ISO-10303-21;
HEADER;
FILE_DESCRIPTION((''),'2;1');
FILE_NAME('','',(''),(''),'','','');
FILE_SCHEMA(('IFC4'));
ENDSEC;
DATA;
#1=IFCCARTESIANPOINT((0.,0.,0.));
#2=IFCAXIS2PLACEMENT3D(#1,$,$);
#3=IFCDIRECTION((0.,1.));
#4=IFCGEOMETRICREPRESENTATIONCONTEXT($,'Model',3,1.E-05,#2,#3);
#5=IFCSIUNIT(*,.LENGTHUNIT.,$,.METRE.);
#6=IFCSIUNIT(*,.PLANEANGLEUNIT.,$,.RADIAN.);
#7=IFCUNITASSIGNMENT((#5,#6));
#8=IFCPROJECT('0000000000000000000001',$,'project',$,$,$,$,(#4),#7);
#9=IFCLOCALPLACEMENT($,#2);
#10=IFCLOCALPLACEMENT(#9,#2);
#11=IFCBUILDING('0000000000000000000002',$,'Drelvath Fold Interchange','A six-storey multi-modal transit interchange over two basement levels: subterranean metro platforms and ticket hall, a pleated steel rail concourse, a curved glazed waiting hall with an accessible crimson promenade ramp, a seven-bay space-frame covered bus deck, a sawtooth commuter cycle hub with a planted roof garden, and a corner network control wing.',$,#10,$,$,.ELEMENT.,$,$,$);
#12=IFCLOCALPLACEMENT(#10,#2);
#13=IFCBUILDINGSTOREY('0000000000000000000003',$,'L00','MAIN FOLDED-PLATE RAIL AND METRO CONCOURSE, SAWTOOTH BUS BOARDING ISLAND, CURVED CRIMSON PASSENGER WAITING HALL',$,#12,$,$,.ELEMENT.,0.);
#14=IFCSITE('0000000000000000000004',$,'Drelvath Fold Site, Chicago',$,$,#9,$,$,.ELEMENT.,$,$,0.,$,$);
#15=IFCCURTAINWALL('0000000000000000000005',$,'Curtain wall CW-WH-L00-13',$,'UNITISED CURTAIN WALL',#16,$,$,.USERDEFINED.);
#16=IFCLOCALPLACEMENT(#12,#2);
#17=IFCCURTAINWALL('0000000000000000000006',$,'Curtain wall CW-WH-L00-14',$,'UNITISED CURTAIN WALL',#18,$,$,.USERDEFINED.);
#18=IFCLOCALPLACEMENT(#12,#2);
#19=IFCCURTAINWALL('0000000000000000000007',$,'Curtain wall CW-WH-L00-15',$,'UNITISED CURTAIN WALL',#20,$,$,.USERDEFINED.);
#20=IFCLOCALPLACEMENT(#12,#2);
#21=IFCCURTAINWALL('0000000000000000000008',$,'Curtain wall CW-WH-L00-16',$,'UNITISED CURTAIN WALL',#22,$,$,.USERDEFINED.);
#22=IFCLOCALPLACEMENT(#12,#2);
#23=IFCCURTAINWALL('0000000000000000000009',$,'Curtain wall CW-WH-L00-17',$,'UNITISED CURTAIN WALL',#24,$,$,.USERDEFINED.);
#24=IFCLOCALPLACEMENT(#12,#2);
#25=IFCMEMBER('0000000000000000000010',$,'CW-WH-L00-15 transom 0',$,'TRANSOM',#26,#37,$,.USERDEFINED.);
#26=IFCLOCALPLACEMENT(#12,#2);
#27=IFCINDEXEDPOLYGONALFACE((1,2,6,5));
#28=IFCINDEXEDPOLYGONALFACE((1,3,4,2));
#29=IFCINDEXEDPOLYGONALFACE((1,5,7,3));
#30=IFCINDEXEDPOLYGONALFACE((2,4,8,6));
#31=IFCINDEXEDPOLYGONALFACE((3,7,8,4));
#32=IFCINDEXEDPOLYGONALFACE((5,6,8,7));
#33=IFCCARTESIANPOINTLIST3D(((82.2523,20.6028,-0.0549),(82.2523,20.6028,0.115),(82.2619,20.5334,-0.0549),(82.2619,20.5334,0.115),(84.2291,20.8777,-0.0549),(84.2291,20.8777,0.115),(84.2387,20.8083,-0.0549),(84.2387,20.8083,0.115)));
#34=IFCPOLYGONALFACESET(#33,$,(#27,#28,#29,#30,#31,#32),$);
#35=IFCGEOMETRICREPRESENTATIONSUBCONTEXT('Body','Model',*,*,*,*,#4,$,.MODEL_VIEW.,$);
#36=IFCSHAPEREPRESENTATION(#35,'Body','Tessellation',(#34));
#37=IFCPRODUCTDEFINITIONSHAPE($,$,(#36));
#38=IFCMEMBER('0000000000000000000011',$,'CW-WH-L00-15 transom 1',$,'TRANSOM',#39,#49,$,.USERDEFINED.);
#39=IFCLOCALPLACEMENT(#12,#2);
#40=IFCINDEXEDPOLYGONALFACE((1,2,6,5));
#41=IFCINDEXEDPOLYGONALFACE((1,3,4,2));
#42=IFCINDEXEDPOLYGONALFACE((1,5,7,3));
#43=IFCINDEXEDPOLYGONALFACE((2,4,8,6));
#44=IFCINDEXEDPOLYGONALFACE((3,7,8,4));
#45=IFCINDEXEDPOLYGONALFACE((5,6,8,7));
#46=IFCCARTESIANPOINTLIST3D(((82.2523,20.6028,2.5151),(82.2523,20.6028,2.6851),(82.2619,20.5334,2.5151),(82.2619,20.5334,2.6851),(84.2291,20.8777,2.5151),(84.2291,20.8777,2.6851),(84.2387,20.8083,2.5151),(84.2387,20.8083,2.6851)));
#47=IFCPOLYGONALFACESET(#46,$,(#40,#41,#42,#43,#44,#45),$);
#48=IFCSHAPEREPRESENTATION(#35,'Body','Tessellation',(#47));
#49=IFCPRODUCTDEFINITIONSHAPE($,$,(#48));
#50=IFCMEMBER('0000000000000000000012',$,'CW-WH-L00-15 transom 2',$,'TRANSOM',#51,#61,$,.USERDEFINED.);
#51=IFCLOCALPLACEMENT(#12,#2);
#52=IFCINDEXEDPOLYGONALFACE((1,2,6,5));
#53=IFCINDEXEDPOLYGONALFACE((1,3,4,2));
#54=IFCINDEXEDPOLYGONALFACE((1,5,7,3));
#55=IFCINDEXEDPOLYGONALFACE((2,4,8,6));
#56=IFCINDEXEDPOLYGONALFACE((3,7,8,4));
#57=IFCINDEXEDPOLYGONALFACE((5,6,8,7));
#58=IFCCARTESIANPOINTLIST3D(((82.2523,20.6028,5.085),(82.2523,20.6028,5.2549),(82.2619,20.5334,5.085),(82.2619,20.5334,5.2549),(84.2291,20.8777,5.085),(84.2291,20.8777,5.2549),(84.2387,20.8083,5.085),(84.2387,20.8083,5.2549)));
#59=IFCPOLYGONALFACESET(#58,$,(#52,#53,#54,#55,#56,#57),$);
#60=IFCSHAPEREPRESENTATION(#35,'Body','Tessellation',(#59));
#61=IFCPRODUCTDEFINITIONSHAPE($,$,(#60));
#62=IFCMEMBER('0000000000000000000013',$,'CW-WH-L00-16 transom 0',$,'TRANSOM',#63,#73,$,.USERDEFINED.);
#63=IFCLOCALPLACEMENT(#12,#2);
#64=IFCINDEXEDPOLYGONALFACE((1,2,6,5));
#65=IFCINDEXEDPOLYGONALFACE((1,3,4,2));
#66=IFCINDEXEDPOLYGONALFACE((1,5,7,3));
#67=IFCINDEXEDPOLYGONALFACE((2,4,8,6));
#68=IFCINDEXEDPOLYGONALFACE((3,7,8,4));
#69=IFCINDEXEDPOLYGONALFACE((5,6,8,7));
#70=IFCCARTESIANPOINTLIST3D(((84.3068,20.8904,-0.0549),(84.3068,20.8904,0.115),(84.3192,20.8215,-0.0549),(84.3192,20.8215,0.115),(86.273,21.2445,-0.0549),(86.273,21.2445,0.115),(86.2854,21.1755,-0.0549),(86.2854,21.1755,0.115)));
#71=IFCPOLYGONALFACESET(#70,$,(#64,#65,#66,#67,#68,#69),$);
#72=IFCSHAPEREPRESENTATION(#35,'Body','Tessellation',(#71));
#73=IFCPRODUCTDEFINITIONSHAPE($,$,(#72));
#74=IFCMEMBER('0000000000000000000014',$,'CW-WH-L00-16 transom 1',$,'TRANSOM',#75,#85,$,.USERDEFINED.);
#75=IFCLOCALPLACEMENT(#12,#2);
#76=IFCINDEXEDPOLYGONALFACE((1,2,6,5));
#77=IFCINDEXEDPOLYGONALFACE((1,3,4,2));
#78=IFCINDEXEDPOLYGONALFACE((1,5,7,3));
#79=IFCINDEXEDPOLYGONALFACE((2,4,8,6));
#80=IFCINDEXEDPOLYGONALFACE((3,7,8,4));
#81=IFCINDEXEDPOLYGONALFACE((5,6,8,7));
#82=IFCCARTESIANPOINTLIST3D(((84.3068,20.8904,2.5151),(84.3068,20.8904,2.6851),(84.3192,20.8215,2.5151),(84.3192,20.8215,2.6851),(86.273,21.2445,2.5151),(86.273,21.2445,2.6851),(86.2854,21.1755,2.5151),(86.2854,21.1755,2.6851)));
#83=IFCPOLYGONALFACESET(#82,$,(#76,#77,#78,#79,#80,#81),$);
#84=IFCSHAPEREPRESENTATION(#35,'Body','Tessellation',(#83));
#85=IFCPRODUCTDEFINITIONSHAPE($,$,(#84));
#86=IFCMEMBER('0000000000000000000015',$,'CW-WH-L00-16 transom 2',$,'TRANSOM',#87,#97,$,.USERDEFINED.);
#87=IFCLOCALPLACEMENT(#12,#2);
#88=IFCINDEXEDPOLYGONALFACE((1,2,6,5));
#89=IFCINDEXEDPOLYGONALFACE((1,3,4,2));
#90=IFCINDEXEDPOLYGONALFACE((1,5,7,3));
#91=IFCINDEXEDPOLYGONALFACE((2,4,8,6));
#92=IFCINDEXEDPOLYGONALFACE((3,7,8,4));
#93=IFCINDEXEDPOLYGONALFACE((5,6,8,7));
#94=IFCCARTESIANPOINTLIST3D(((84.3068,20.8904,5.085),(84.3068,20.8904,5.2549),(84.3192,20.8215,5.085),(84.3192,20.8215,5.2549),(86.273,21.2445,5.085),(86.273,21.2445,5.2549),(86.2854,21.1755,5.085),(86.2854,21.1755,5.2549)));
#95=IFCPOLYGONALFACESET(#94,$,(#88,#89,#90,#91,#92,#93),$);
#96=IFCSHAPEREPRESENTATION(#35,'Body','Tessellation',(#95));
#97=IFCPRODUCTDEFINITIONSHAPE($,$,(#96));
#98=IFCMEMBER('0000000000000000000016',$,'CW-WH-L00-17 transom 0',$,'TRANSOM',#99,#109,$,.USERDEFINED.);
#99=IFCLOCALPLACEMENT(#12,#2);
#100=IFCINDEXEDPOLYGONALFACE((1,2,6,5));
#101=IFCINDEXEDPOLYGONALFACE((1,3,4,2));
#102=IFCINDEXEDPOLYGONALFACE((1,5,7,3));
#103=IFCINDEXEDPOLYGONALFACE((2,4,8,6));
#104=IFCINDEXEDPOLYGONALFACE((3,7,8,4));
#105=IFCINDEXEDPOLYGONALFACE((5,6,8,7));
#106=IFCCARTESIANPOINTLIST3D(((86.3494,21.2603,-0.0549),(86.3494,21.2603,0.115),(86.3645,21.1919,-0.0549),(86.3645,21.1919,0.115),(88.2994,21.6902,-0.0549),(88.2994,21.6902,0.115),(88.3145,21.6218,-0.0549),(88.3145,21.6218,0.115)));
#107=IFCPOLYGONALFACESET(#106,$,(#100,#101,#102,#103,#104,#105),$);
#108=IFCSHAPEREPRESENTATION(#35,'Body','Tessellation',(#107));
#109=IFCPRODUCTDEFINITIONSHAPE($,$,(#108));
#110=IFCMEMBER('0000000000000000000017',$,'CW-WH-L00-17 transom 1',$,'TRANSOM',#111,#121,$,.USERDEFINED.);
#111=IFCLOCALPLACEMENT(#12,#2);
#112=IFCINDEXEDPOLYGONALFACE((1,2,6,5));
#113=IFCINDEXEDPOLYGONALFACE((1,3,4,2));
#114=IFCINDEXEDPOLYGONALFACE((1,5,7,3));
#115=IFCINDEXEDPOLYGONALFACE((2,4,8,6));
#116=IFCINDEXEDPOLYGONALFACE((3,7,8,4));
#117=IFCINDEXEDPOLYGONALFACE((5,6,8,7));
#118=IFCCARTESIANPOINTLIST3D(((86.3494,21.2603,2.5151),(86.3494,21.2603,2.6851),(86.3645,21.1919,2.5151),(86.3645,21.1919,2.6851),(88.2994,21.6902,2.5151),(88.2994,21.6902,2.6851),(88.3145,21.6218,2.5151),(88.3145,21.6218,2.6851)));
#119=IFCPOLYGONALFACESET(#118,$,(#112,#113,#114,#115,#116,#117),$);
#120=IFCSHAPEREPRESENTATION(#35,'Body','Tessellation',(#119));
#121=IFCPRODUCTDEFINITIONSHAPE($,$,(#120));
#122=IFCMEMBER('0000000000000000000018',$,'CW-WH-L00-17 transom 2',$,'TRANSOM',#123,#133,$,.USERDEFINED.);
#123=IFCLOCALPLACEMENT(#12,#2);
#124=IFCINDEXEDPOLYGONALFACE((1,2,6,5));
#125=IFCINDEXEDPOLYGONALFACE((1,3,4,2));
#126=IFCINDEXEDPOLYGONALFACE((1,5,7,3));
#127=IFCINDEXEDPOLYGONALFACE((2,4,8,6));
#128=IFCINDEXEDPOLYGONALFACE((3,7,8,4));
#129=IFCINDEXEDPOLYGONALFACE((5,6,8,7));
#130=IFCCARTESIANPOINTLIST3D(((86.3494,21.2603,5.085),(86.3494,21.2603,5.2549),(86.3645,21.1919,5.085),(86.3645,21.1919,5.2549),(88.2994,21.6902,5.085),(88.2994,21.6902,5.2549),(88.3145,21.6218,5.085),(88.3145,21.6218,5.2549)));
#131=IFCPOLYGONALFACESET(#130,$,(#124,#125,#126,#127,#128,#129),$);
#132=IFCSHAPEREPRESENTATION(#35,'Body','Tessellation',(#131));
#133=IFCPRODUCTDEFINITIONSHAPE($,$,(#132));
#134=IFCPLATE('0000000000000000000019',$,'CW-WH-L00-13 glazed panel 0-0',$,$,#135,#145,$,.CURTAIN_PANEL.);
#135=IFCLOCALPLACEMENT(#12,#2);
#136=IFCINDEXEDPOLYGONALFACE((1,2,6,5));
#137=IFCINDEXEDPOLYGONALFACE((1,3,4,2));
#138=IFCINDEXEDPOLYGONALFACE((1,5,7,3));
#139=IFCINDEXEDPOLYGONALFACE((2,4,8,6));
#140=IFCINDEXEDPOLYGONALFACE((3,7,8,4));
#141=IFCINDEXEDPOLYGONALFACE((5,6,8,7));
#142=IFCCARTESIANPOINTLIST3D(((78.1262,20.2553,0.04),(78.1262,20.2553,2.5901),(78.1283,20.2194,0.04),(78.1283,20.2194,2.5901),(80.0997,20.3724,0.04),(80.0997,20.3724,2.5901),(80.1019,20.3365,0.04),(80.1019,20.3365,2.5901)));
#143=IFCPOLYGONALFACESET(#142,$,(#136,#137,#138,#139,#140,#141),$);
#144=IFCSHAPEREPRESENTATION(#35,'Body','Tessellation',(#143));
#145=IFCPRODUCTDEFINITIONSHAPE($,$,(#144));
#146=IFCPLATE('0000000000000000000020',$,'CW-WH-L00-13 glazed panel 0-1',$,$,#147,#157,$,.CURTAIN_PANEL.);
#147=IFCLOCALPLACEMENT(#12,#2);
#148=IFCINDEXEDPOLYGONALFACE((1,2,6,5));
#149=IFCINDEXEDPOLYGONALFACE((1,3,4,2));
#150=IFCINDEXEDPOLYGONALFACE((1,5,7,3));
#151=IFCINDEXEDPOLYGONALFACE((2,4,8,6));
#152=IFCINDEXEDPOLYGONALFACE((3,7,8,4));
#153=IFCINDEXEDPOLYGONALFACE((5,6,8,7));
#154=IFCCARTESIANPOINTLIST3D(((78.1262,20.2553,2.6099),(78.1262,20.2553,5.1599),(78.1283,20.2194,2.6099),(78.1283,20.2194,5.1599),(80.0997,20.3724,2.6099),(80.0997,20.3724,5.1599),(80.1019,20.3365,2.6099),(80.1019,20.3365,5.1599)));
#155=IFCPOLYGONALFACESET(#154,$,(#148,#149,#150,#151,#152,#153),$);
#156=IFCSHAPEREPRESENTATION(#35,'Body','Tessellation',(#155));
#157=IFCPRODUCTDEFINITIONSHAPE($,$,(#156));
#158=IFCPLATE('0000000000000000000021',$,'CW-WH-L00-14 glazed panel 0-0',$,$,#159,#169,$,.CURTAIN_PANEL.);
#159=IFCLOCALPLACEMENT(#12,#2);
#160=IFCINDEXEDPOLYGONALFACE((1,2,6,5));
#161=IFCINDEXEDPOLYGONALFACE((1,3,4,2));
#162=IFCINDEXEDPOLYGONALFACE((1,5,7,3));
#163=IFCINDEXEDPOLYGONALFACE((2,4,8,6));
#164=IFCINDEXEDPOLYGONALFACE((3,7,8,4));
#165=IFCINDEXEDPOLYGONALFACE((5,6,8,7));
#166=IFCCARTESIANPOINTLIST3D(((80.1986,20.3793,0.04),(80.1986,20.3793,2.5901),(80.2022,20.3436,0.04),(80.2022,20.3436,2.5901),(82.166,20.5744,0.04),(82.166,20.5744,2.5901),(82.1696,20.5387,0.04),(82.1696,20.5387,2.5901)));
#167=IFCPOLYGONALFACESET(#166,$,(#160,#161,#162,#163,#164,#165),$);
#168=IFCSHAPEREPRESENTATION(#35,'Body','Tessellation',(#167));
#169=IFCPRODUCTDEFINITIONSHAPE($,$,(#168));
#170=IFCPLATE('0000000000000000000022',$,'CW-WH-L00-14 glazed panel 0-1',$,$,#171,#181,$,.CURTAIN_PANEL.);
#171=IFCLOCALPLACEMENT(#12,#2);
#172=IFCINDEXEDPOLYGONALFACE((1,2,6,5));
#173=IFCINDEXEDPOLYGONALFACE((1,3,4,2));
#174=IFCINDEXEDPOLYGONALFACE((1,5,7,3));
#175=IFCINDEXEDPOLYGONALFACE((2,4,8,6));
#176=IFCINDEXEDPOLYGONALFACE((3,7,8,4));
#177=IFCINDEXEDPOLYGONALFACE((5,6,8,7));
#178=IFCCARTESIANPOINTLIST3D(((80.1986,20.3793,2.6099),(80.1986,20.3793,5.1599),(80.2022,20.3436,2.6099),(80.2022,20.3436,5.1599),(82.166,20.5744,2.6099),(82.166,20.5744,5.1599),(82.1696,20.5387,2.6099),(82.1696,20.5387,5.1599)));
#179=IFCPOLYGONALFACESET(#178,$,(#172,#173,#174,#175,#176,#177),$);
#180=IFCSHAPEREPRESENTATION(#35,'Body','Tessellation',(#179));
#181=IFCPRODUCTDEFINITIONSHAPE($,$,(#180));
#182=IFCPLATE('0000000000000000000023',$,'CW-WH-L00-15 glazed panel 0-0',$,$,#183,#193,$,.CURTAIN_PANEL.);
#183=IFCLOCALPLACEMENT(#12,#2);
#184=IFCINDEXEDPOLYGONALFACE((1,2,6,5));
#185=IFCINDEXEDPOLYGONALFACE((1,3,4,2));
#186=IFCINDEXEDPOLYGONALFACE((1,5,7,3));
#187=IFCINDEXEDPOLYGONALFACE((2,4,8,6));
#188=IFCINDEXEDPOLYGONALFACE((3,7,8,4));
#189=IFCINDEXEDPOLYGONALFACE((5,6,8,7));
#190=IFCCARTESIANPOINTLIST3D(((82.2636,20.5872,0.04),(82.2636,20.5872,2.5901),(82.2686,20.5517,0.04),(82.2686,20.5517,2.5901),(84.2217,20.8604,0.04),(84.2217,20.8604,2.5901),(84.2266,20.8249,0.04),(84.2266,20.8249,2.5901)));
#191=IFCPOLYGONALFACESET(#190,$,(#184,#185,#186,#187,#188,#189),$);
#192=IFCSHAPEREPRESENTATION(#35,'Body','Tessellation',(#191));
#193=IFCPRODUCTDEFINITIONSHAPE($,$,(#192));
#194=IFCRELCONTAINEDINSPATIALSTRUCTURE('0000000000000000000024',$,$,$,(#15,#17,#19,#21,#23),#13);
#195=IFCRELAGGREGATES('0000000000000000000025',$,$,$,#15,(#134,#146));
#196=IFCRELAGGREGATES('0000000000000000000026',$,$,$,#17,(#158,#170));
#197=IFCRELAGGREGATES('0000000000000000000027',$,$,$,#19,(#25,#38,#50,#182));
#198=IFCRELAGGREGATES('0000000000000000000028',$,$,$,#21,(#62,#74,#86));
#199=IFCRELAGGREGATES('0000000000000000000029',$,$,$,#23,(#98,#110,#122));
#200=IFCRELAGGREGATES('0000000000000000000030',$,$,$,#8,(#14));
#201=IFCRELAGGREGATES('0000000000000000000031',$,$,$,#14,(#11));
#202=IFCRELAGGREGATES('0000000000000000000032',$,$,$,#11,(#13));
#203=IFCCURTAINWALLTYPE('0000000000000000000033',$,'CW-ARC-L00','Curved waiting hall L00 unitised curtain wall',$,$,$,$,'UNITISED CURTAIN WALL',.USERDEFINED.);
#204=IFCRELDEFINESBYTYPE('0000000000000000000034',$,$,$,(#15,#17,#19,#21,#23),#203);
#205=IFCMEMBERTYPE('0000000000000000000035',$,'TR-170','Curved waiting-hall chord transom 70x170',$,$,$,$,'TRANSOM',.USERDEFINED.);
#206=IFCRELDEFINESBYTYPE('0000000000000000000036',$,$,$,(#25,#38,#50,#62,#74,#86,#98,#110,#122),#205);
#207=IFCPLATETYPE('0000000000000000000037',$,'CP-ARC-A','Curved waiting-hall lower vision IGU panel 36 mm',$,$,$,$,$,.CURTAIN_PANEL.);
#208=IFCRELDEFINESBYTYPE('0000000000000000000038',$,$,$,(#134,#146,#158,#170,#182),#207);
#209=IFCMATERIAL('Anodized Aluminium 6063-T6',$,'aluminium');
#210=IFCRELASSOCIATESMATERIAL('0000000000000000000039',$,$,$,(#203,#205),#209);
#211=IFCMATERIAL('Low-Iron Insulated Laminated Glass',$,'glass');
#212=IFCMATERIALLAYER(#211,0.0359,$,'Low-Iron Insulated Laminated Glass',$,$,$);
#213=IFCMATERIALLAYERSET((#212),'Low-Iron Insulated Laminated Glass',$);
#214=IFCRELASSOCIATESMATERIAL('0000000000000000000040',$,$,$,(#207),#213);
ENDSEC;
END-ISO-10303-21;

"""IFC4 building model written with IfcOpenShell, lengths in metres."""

from ifc_helpers import new_model, si_unit, direction, frame, origin, origin_2d, place, context, subcontext, project, spatial, rectangle, extrude, material, layer, layer_set, material_profile, profile_set, type_object, element, aggregate, save


model = new_model("IFC4")

# Units and contexts
model_context = context("Model", 3, precision=1e-05, world=origin(), true_north=direction((0.0, 1.0)))
body_context = subcontext(model_context, "Body", "Model", "MODEL_VIEW")
ifc_project = project(units=[si_unit("LENGTHUNIT", "METRE"), si_unit("PLANEANGLEUNIT", "RADIAN")], contexts=[model_context])

# Site, building, storey
site_placement = place(None, origin())
site = spatial("IfcSite", under=ifc_project, at=site_placement, Name="Drelvath Fold Site, Chicago", CompositionType="ELEMENT", RefElevation=0.0)
building_placement = place(site_placement, origin())
building = spatial("IfcBuilding", under=site, at=building_placement, Name="Drelvath Fold Interchange", Description="A six-storey multi-modal transit interchange over two basement levels: subterranean metro platforms and ticket hall, a pleated steel rail concourse, a curved glazed waiting hall with an accessible crimson promenade ramp, a seven-bay space-frame covered bus deck, a sawtooth commuter cycle hub with a planted roof garden, and a corner network control wing.", CompositionType="ELEMENT")
storey_placement = place(building_placement, origin())
storey = spatial("IfcBuildingStorey", under=building, at=storey_placement, Name="L00", Description="MAIN FOLDED-PLATE RAIL AND METRO CONCOURSE, SAWTOOTH BUS BOARDING ISLAND, CURVED CRIMSON PASSENGER WAITING HALL", CompositionType="ELEMENT", Elevation=0.0)

# Curtain walls
ifc_material_1 = material(Name="Anodized Aluminium 6063-T6", Category="aluminium")
curtain_wall_type = type_object("IfcCurtainWallType", Name="CW-ARC-L00", Description="Curved waiting hall L00 unitised curtain wall", ElementType="UNITISED CURTAIN WALL", PredefinedType="USERDEFINED", material=ifc_material_1)
curtain_wall_1_placement = place(storey_placement, origin())
curtain_wall_1 = element("IfcCurtainWall", 1, at=curtain_wall_1_placement, inside=storey, type_object=curtain_wall_type, Name="Curtain wall CW-WH-L00-13", ObjectType="UNITISED CURTAIN WALL", PredefinedType="USERDEFINED")
curtain_wall_2_placement = place(storey_placement, origin())
curtain_wall_2 = element("IfcCurtainWall", 2, at=curtain_wall_2_placement, inside=storey, type_object=curtain_wall_type, Name="Curtain wall CW-WH-L00-14", ObjectType="UNITISED CURTAIN WALL", PredefinedType="USERDEFINED")
curtain_wall_3_placement = place(storey_placement, origin())
curtain_wall_3 = element("IfcCurtainWall", 3, at=curtain_wall_3_placement, inside=storey, type_object=curtain_wall_type, Name="Curtain wall CW-WH-L00-15", ObjectType="UNITISED CURTAIN WALL", PredefinedType="USERDEFINED")
curtain_wall_4_placement = place(storey_placement, origin())
curtain_wall_4 = element("IfcCurtainWall", 4, at=curtain_wall_4_placement, inside=storey, type_object=curtain_wall_type, Name="Curtain wall CW-WH-L00-16", ObjectType="UNITISED CURTAIN WALL", PredefinedType="USERDEFINED")

# Curtain wall
curtain_wall_5_placement = place(storey_placement, origin())
curtain_wall_5 = element("IfcCurtainWall", 5, at=curtain_wall_5_placement, inside=storey, type_object=curtain_wall_type, Name="Curtain wall CW-WH-L00-17", ObjectType="UNITISED CURTAIN WALL", PredefinedType="USERDEFINED")

# Members
ifc_material_profile_1 = material_profile(ifc_material_1, rectangle(XDim=0.0701, YDim=0.1699, at=origin_2d()), Name="AL-T 70x170")
ifc_profile_set_1 = profile_set([ifc_material_profile_1], Name="Anodized Aluminium 6063-T6")
member_type_1 = type_object("IfcMemberType", Name="TR-170", Description="Curved waiting-hall chord transom 70x170", ElementType="TRANSOM", PredefinedType="USERDEFINED", material=ifc_profile_set_1)
member_1_placement = place(storey_placement, frame((82.2571, 20.5681, 0.03), z_axis=(0.990469, 0.137738, 0.0), x_axis=(-0.137738, 0.990469, 0.0)))
member_1 = element("IfcMember", 6, at=member_1_placement, type_object=member_type_1, Name="CW-WH-L00-15 transom 0", ObjectType="TRANSOM", PredefinedType="USERDEFINED", context=body_context, shape_type="SweptSolid", body=[
    extrude(rectangle(XDim=0.0701, YDim=0.1699, at=origin_2d()), origin(), (0.0, 0.0, 1.0), 1.9958),
])
member_2_placement = place(storey_placement, frame((82.2571, 20.5681, 2.6001), z_axis=(0.990469, 0.137738, 0.0), x_axis=(-0.137738, 0.990469, 0.0)))
member_2 = element("IfcMember", 7, at=member_2_placement, type_object=member_type_1, Name="CW-WH-L00-15 transom 1", ObjectType="TRANSOM", PredefinedType="USERDEFINED", context=body_context, shape_type="SweptSolid", body=[
    extrude(rectangle(XDim=0.0701, YDim=0.1699, at=origin_2d()), origin(), (0.0, 0.0, 1.0), 1.9958),
])
member_3_placement = place(storey_placement, frame((82.2571, 20.5681, 5.1699), z_axis=(0.990469, 0.137738, 0.0), x_axis=(-0.137738, 0.990469, 0.0)))
member_3 = element("IfcMember", 8, at=member_3_placement, type_object=member_type_1, Name="CW-WH-L00-15 transom 2", ObjectType="TRANSOM", PredefinedType="USERDEFINED", context=body_context, shape_type="SweptSolid", body=[
    extrude(rectangle(XDim=0.0701, YDim=0.1699, at=origin_2d()), origin(), (0.0, 0.0, 1.0), 1.9958),
])
member_4_placement = place(storey_placement, frame((84.313, 20.856, 0.03), z_axis=(0.984174, 0.177207, 0.0), x_axis=(-0.177207, 0.984174, 0.0)))
member_4 = element("IfcMember", 9, at=member_4_placement, type_object=member_type_1, Name="CW-WH-L00-16 transom 0", ObjectType="TRANSOM", PredefinedType="USERDEFINED", context=body_context, shape_type="SweptSolid", body=[
    extrude(rectangle(XDim=0.0701, YDim=0.1699, at=origin_2d()), origin(), (0.0, 0.0, 1.0), 1.9978),
])
member_5_placement = place(storey_placement, frame((84.313, 20.856, 2.6001), z_axis=(0.984174, 0.177207, 0.0), x_axis=(-0.177207, 0.984174, 0.0)))
member_5 = element("IfcMember", 10, at=member_5_placement, type_object=member_type_1, Name="CW-WH-L00-16 transom 1", ObjectType="TRANSOM", PredefinedType="USERDEFINED", context=body_context, shape_type="SweptSolid", body=[
    extrude(rectangle(XDim=0.0701, YDim=0.1699, at=origin_2d()), origin(), (0.0, 0.0, 1.0), 1.9978),
])
member_6_placement = place(storey_placement, frame((84.313, 20.856, 5.1699), z_axis=(0.984174, 0.177207, 0.0), x_axis=(-0.177207, 0.984174, 0.0)))
member_6 = element("IfcMember", 11, at=member_6_placement, type_object=member_type_1, Name="CW-WH-L00-16 transom 2", ObjectType="TRANSOM", PredefinedType="USERDEFINED", context=body_context, shape_type="SweptSolid", body=[
    extrude(rectangle(XDim=0.0701, YDim=0.1699, at=origin_2d()), origin(), (0.0, 0.0, 1.0), 1.9978),
])
member_7_placement = place(storey_placement, frame((86.3569, 21.2261, 0.03), z_axis=(0.976545, 0.215312, 0.0), x_axis=(-0.215312, 0.976545, 0.0)))
member_7 = element("IfcMember", 12, at=member_7_placement, type_object=member_type_1, Name="CW-WH-L00-17 transom 0", ObjectType="TRANSOM", PredefinedType="USERDEFINED", context=body_context, shape_type="SweptSolid", body=[
    extrude(rectangle(XDim=0.0701, YDim=0.1699, at=origin_2d()), origin(), (0.0, 0.0, 1.0), 1.9968),
])
member_8_placement = place(storey_placement, frame((86.3569, 21.2261, 2.6001), z_axis=(0.976545, 0.215312, 0.0), x_axis=(-0.215312, 0.976545, 0.0)))
member_8 = element("IfcMember", 13, at=member_8_placement, type_object=member_type_1, Name="CW-WH-L00-17 transom 1", ObjectType="TRANSOM", PredefinedType="USERDEFINED", context=body_context, shape_type="SweptSolid", body=[
    extrude(rectangle(XDim=0.0701, YDim=0.1699, at=origin_2d()), origin(), (0.0, 0.0, 1.0), 1.9968),
])
member_9_placement = place(storey_placement, frame((86.3569, 21.2261, 5.1699), z_axis=(0.976545, 0.215312, 0.0), x_axis=(-0.215312, 0.976545, 0.0)))
member_9 = element("IfcMember", 14, at=member_9_placement, type_object=member_type_1, Name="CW-WH-L00-17 transom 2", ObjectType="TRANSOM", PredefinedType="USERDEFINED", context=body_context, shape_type="SweptSolid", body=[
    extrude(rectangle(XDim=0.0701, YDim=0.1699, at=origin_2d()), origin(), (0.0, 0.0, 1.0), 1.9968),
])

# Plates
ifc_material_2 = material(Name="Low-Iron Insulated Laminated Glass", Category="glass")
ifc_layer = layer(ifc_material_2, 0.0359, Name="Low-Iron Insulated Laminated Glass")
ifc_layer_set = layer_set([ifc_layer], Name="Low-Iron Insulated Laminated Glass")
plate_type = type_object("IfcPlateType", Name="CP-ARC-A", Description="Curved waiting-hall lower vision IGU panel 36 mm", PredefinedType="CURTAIN_PANEL", material=ifc_layer_set)
plate_1_placement = place(storey_placement, frame((79.114, 20.2959, 0.04), z_axis=(0.0, 0.0, 1.0), x_axis=(0.998244, 0.059237, 0.0)))
plate_1 = element("IfcPlate", 15, at=plate_1_placement, type_object=plate_type, Name="CW-WH-L00-13 glazed panel 0-0", PredefinedType="CURTAIN_PANEL", context=body_context, shape_type="SweptSolid", body=[
    extrude(rectangle(XDim=1.9771, YDim=0.0359, at=origin_2d()), origin(), (0.0, 0.0, 1.0), 2.55),
])
plate_2_placement = place(storey_placement, frame((79.114, 20.2959, 2.6099), z_axis=(0.0, 0.0, 1.0), x_axis=(0.998244, 0.059237, 0.0)))
plate_2 = element("IfcPlate", 16, at=plate_2_placement, type_object=plate_type, Name="CW-WH-L00-13 glazed panel 0-1", PredefinedType="CURTAIN_PANEL", context=body_context, shape_type="SweptSolid", body=[
    extrude(rectangle(XDim=1.9771, YDim=0.0359, at=origin_2d()), origin(), (0.0, 0.0, 1.0), 2.55),
])
aggregate(curtain_wall_1, [plate_1, plate_2])
plate_3_placement = place(storey_placement, frame((81.1841, 20.459, 0.04), z_axis=(0.0, 0.0, 1.0), x_axis=(0.995118, 0.098695, 0.0)))
plate_3 = element("IfcPlate", 17, at=plate_3_placement, type_object=plate_type, Name="CW-WH-L00-14 glazed panel 0-0", PredefinedType="CURTAIN_PANEL", context=body_context, shape_type="SweptSolid", body=[
    extrude(rectangle(XDim=1.9771, YDim=0.0359, at=origin_2d()), origin(), (0.0, 0.0, 1.0), 2.55),
])
plate_4_placement = place(storey_placement, frame((81.1841, 20.459, 2.6099), z_axis=(0.0, 0.0, 1.0), x_axis=(0.995118, 0.098695, 0.0)))
plate_4 = element("IfcPlate", 18, at=plate_4_placement, type_object=plate_type, Name="CW-WH-L00-14 glazed panel 0-1", PredefinedType="CURTAIN_PANEL", context=body_context, shape_type="SweptSolid", body=[
    extrude(rectangle(XDim=1.9771, YDim=0.0359, at=origin_2d()), origin(), (0.0, 0.0, 1.0), 2.55),
])
aggregate(curtain_wall_2, [plate_3, plate_4])
plate_5_placement = place(storey_placement, frame((83.2451, 20.7061, 0.04), z_axis=(0.0, 0.0, 1.0), x_axis=(0.990406, 0.138188, 0.0)))
plate_5 = element("IfcPlate", 19, at=plate_5_placement, type_object=plate_type, Name="CW-WH-L00-15 glazed panel 0-0", PredefinedType="CURTAIN_PANEL", context=body_context, shape_type="SweptSolid", body=[
    extrude(rectangle(XDim=1.9771, YDim=0.0359, at=origin_2d()), origin(), (0.0, 0.0, 1.0), 2.55),
])
aggregate(curtain_wall_3, [member_1, member_2, member_3, plate_5])
aggregate(curtain_wall_4, [member_4, member_5, member_6])
aggregate(curtain_wall_5, [member_7, member_8, member_9])

save(model, "model.ifc")
